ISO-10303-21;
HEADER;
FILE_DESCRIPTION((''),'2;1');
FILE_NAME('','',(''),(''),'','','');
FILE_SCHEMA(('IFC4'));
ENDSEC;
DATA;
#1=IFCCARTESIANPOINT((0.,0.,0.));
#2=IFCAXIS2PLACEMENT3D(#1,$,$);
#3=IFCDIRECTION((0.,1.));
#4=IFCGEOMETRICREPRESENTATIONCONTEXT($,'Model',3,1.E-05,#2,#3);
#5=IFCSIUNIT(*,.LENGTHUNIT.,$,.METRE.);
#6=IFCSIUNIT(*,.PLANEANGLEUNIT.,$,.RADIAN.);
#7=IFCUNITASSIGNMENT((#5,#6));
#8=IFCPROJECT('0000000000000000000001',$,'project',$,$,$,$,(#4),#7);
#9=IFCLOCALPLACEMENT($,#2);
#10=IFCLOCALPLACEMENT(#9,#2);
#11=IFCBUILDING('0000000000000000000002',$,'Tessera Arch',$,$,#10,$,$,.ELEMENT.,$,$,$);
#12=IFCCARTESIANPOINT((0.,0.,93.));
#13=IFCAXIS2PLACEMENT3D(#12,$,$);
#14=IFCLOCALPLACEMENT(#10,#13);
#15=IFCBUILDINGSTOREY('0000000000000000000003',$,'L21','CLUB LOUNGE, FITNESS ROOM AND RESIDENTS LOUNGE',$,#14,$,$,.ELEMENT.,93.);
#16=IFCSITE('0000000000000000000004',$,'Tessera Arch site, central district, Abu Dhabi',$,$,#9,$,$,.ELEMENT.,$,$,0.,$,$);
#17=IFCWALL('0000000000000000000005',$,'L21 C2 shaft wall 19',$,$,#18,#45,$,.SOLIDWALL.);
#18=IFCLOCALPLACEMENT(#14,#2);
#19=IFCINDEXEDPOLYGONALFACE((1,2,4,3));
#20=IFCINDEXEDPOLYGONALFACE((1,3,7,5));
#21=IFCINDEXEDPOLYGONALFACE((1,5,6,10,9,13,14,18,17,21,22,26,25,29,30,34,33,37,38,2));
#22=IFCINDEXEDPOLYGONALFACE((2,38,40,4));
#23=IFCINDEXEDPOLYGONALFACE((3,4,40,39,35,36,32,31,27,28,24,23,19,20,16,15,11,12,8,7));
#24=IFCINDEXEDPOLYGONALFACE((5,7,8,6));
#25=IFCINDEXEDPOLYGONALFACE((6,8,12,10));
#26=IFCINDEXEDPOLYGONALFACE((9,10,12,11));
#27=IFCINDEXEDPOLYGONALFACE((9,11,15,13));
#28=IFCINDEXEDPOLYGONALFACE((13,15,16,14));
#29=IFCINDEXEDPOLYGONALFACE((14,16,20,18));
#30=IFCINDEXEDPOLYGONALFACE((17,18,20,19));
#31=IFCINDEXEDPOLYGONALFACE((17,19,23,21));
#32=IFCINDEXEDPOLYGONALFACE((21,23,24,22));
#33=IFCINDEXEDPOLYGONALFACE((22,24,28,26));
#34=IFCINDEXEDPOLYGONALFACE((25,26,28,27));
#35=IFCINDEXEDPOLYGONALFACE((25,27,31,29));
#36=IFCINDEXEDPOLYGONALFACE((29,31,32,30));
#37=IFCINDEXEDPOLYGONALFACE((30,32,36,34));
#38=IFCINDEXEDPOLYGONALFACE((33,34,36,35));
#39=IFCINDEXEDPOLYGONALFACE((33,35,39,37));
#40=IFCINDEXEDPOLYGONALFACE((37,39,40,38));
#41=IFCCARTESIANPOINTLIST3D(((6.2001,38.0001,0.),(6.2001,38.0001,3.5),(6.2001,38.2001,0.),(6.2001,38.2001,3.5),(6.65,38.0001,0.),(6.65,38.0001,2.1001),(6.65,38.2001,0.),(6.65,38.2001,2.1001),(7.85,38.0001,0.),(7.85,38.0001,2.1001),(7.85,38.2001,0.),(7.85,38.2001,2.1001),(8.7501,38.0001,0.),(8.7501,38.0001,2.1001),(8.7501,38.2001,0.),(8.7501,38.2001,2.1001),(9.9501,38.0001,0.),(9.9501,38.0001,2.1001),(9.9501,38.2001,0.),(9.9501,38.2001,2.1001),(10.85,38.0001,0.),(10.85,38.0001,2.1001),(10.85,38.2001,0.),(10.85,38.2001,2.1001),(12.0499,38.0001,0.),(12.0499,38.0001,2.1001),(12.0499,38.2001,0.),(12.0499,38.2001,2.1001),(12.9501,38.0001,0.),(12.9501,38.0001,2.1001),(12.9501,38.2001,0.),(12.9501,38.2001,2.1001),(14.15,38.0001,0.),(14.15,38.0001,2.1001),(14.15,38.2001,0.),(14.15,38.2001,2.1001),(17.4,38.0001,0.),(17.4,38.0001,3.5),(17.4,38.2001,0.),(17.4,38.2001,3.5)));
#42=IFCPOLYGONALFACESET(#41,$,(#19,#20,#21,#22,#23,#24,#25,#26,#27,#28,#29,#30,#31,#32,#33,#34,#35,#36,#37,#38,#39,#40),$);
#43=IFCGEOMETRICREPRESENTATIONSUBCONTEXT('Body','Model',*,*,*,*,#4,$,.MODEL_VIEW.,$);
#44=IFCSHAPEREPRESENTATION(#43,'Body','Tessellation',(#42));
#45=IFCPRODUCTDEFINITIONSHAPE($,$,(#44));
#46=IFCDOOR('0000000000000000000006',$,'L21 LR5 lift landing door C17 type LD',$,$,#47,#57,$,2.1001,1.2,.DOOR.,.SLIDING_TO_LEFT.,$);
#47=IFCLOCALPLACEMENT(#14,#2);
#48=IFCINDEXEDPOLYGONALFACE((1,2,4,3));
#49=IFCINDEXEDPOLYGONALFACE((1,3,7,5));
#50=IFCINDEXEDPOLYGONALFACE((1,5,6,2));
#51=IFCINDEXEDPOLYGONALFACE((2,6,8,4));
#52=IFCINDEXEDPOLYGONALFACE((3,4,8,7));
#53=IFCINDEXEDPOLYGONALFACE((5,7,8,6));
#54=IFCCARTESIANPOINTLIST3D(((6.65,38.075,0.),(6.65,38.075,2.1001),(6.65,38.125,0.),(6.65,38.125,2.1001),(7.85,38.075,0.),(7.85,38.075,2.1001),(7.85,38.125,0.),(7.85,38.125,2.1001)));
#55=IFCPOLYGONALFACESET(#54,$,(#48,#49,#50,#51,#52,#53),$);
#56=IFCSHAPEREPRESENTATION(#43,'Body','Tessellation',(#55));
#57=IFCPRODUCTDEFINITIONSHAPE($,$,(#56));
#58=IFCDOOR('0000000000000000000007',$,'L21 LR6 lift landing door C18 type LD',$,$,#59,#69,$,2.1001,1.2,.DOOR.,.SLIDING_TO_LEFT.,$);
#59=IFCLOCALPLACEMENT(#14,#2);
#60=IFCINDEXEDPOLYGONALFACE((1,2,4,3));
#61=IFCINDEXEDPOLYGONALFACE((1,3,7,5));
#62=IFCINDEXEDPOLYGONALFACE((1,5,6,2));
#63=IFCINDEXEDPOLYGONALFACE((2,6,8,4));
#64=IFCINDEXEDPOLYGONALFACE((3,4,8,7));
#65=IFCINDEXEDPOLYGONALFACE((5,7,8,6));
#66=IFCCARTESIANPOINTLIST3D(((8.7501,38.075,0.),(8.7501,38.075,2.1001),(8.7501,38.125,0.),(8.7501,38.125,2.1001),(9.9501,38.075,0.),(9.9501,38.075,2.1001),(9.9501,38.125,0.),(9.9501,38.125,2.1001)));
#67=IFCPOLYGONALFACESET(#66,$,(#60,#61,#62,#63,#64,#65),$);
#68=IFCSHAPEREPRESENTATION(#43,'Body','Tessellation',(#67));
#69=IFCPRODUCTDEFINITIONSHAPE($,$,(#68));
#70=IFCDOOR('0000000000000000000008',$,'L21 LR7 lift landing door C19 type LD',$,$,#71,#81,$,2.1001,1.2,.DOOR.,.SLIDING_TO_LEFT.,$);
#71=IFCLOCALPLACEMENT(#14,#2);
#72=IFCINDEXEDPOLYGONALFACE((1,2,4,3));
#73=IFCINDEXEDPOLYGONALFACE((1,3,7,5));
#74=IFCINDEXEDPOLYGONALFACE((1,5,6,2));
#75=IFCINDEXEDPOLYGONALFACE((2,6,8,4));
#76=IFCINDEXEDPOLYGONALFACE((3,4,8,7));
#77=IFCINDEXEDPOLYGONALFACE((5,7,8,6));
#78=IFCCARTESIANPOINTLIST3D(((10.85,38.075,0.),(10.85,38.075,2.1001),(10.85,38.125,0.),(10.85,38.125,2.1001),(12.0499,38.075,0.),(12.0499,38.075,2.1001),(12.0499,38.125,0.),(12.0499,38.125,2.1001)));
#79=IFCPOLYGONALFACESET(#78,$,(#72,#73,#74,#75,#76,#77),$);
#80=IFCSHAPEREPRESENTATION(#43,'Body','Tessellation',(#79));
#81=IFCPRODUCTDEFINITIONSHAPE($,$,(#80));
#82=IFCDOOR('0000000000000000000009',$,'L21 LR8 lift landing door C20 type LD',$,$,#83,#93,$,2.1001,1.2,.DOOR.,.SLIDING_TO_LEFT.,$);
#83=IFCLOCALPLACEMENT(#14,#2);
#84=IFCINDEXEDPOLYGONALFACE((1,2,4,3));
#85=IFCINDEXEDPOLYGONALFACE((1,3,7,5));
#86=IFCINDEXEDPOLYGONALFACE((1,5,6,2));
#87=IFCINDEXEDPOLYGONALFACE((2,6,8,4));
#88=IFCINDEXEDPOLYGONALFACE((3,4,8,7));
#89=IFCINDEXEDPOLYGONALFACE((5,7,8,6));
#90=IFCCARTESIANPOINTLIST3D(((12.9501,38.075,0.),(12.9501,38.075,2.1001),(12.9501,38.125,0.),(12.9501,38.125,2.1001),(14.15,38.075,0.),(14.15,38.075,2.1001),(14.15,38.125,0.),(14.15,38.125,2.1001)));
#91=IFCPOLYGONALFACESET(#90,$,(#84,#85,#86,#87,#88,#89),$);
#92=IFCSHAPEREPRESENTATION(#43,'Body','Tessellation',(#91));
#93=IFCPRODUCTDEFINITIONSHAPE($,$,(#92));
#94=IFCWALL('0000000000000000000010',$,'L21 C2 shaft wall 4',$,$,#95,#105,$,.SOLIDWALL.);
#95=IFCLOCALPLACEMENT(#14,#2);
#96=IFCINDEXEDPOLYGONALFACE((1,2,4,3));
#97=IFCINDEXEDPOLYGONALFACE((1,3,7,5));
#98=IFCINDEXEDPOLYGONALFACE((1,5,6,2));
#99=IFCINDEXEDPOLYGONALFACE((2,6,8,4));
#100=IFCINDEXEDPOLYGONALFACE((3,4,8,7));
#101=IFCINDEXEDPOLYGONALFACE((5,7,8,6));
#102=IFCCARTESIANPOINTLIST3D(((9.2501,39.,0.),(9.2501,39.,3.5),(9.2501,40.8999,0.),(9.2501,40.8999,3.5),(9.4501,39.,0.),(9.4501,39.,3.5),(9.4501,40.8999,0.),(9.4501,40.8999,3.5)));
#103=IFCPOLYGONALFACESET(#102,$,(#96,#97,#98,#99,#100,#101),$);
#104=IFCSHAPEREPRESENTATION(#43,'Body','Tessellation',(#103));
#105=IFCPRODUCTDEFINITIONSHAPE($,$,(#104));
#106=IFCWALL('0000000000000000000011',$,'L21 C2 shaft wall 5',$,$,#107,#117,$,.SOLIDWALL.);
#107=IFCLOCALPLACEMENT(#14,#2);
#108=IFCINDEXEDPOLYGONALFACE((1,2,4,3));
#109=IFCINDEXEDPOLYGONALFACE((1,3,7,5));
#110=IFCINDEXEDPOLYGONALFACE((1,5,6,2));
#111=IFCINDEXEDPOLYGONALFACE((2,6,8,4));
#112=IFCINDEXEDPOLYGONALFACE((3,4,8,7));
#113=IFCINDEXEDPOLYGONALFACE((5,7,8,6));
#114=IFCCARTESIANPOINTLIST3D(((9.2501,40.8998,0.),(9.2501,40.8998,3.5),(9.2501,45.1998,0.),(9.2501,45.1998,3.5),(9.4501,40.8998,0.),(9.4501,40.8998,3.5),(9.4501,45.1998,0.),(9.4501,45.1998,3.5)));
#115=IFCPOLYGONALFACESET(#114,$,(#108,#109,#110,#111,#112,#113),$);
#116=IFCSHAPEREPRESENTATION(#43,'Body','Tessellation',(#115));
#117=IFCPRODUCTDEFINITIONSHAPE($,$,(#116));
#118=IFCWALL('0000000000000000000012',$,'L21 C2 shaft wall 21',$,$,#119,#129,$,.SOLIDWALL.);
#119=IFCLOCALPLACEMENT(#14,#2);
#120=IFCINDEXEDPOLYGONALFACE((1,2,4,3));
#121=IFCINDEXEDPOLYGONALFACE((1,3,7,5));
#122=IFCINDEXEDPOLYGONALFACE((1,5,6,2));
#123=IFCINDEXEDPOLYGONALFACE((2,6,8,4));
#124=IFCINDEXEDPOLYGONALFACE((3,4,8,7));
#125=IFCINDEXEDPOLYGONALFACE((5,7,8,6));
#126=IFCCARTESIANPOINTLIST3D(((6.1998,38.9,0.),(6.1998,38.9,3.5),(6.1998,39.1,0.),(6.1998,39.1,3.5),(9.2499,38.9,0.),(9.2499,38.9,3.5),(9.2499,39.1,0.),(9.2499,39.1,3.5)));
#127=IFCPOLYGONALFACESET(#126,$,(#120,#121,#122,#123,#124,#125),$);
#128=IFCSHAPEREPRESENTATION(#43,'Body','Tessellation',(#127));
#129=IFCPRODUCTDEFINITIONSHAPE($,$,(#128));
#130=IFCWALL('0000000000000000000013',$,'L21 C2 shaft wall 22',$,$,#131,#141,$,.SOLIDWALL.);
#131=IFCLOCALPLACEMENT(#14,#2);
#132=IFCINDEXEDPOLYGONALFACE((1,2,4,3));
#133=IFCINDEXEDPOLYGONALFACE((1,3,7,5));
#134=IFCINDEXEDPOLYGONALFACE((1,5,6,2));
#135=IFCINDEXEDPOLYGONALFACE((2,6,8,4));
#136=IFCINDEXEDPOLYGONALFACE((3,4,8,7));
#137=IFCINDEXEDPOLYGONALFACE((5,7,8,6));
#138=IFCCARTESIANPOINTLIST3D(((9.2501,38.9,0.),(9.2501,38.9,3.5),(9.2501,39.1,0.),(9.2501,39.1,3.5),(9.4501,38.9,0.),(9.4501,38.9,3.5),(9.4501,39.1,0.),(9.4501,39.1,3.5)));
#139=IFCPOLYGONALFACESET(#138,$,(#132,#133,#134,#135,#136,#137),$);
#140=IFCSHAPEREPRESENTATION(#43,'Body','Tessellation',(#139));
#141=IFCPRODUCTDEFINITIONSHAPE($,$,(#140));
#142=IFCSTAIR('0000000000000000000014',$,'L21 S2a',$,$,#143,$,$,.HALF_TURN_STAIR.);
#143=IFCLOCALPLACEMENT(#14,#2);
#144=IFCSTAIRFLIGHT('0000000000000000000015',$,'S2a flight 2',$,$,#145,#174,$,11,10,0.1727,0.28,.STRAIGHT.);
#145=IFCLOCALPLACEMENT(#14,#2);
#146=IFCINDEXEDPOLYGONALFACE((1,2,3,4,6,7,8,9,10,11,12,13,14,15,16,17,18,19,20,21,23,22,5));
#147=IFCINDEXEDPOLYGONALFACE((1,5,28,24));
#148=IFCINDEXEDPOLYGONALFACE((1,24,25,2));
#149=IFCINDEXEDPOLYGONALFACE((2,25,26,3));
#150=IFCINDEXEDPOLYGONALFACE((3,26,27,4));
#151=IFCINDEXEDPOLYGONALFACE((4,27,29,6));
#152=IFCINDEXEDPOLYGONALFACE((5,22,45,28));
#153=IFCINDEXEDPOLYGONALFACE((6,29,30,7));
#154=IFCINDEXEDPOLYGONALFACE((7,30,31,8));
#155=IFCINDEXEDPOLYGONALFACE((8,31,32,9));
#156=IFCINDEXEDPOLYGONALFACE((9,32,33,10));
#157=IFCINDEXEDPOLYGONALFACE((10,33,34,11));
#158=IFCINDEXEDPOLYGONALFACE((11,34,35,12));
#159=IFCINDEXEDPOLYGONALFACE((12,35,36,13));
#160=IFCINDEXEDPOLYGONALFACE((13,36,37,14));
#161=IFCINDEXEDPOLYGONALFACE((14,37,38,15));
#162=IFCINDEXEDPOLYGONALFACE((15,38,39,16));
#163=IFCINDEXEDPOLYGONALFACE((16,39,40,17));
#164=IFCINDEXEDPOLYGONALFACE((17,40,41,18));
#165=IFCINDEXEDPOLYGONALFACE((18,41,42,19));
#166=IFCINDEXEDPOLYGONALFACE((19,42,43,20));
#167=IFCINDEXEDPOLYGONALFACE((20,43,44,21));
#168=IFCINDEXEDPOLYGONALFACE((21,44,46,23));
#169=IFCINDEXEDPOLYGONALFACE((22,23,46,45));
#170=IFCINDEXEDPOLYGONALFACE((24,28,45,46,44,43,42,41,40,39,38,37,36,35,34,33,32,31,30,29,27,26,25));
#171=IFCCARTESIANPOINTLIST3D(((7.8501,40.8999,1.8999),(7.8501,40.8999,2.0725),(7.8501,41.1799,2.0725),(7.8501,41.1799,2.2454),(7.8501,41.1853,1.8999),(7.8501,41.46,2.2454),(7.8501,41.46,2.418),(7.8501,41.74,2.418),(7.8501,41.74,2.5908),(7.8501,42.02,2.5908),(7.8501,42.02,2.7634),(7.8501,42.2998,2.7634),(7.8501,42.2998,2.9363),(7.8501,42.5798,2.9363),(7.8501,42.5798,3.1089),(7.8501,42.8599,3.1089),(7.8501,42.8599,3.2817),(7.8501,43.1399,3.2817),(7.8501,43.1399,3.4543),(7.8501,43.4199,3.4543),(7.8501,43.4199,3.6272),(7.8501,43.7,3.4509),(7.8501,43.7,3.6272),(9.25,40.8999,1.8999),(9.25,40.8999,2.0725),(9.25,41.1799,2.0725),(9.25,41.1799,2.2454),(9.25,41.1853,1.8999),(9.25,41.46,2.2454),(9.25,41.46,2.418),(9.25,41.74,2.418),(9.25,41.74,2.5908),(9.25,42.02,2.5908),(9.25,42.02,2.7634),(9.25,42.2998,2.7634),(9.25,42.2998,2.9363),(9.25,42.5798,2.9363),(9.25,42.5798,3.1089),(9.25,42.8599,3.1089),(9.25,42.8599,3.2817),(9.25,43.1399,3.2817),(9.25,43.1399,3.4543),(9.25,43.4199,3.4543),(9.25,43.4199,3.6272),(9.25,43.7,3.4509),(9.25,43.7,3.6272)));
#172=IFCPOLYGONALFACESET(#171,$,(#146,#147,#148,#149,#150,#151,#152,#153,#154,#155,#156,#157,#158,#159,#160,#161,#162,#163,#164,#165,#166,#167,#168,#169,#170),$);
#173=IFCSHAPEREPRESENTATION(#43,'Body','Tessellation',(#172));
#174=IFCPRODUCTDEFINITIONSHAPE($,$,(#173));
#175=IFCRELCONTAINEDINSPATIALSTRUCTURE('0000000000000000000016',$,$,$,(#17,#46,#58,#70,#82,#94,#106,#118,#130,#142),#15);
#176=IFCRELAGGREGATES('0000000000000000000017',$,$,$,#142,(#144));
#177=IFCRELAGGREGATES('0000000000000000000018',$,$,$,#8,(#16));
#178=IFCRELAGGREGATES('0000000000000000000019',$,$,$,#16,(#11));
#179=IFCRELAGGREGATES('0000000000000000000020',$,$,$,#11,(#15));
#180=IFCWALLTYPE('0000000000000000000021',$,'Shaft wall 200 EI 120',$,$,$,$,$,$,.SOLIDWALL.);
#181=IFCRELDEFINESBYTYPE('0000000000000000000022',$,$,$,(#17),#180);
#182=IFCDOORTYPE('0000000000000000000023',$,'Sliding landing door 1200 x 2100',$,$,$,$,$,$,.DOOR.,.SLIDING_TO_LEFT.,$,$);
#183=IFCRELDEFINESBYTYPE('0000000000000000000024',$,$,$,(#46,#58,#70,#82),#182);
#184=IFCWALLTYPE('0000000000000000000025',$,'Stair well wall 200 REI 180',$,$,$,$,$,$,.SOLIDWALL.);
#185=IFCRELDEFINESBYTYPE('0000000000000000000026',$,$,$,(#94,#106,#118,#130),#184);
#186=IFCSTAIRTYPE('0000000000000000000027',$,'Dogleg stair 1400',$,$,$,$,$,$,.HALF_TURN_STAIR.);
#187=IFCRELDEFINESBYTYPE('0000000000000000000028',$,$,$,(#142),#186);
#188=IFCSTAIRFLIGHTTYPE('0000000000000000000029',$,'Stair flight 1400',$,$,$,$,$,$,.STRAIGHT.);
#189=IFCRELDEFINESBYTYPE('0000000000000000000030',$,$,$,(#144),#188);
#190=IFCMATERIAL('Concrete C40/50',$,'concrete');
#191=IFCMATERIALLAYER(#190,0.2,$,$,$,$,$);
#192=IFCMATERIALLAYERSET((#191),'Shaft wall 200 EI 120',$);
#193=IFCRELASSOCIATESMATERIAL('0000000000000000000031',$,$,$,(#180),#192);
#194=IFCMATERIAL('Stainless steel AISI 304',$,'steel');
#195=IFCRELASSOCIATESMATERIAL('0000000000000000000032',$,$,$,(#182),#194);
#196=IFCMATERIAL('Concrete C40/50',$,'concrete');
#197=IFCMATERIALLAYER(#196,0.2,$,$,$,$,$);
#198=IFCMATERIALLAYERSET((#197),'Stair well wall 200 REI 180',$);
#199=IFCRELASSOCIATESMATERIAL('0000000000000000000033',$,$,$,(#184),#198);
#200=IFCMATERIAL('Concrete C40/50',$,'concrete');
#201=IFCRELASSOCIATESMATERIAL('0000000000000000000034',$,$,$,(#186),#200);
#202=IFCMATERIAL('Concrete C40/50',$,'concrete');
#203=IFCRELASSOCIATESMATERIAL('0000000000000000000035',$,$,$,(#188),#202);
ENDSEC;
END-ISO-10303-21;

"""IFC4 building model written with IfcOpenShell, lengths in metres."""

from ifc_helpers import new_model, si_unit, direction, frame, frame_2d, origin, place, context, subcontext, project, spatial, polyline, rectangle, outline, extrude, material, layer, layer_set, type_object, element, fill, aggregate, save


model = new_model("IFC4")

# Units and contexts
model_context = context("Model", 3, precision=1e-05, world=origin(), true_north=direction((0.0, 1.0)))
body_context = subcontext(model_context, "Body", "Model", "MODEL_VIEW")
ifc_project = project(units=[si_unit("LENGTHUNIT", "METRE"), si_unit("PLANEANGLEUNIT", "RADIAN")], contexts=[model_context])

# Site, building, storey
site_placement = place(None, origin())
site = spatial("IfcSite", under=ifc_project, at=site_placement, Name="Tessera Arch site, central district, Abu Dhabi", CompositionType="ELEMENT", RefElevation=0.0)
building_placement = place(site_placement, origin())
building = spatial("IfcBuilding", under=site, at=building_placement, Name="Tessera Arch", CompositionType="ELEMENT")
storey_placement = place(building_placement, frame((0.0, 0.0, 93.0)))
storey = spatial("IfcBuildingStorey", under=building, at=storey_placement, Name="L21", Description="CLUB LOUNGE, FITNESS ROOM AND RESIDENTS LOUNGE", CompositionType="ELEMENT", Elevation=93.0)

# Wall, openings, doors
ifc_material_1 = material(Name="Concrete C40/50", Category="concrete")
ifc_layer_1 = layer(ifc_material_1, 0.2)
ifc_layer_set_1 = layer_set([ifc_layer_1], Name="Shaft wall 200 EI 120")
wall_type_1 = type_object("IfcWallType", Name="Shaft wall 200 EI 120", PredefinedType="SOLIDWALL", material=ifc_layer_set_1)
wall_1_placement = place(storey_placement, frame((6.2, 38.1001, 0.0), z_axis=(0.0, 0.0, 1.0), x_axis=(1.0, 0.0, 0.0)))
wall_1 = element("IfcWall", 1, at=wall_1_placement, inside=storey, type_object=wall_type_1, Name="L21 C2 shaft wall 19", PredefinedType="SOLIDWALL", context=body_context, shape_type="SweptSolid", body=[
    extrude(rectangle(XDim=11.2, YDim=0.2, at=frame_2d((5.6001, 0.0))), origin(), (0.0, 0.0, 1.0), 3.5),
])
opening_1_placement = place(wall_1_placement, frame((0.45, 0.0, 0.0)))
opening_1 = element("IfcOpeningElement", 2, at=opening_1_placement, cuts=wall_1, PredefinedType="OPENING", context=body_context, shape_type="SweptSolid", body=[
    extrude(rectangle(XDim=1.2, YDim=2.1001, at=frame_2d((0.6001, 1.05))), frame((0.0, 0.1099, 0.0), z_axis=(0.0, -1.0, 0.0), x_axis=(1.0, 0.0, 0.0)), (0.0, 0.0, 1.0), 0.22),
])
opening_2_placement = place(wall_1_placement, frame((2.55, 0.0, 0.0)))
opening_2 = element("IfcOpeningElement", 3, at=opening_2_placement, cuts=wall_1, PredefinedType="OPENING", context=body_context, shape_type="SweptSolid", body=[
    extrude(rectangle(XDim=1.2, YDim=2.1001, at=frame_2d((0.6001, 1.05))), frame((0.0, 0.1099, 0.0), z_axis=(0.0, -1.0, 0.0), x_axis=(1.0, 0.0, 0.0)), (0.0, 0.0, 1.0), 0.22),
])
opening_3_placement = place(wall_1_placement, frame((4.6499, 0.0, 0.0)))
opening_3 = element("IfcOpeningElement", 4, at=opening_3_placement, cuts=wall_1, PredefinedType="OPENING", context=body_context, shape_type="SweptSolid", body=[
    extrude(rectangle(XDim=1.2, YDim=2.1001, at=frame_2d((0.6001, 1.05))), frame((0.0, 0.1099, 0.0), z_axis=(0.0, -1.0, 0.0), x_axis=(1.0, 0.0, 0.0)), (0.0, 0.0, 1.0), 0.22),
])
opening_4_placement = place(wall_1_placement, frame((6.75, 0.0, 0.0)))
opening_4 = element("IfcOpeningElement", 5, at=opening_4_placement, cuts=wall_1, PredefinedType="OPENING", context=body_context, shape_type="SweptSolid", body=[
    extrude(rectangle(XDim=1.2, YDim=2.1001, at=frame_2d((0.6001, 1.05))), frame((0.0, 0.1099, 0.0), z_axis=(0.0, -1.0, 0.0), x_axis=(1.0, 0.0, 0.0)), (0.0, 0.0, 1.0), 0.22),
])
ifc_material_2 = material(Name="Stainless steel AISI 304", Category="steel")
door_type = type_object("IfcDoorType", Name="Sliding landing door 1200 x 2100", OperationType="SLIDING_TO_LEFT", PredefinedType="DOOR", material=ifc_material_2)
door_1_placement = place(opening_1_placement, origin())
door_1 = element("IfcDoor", 6, at=door_1_placement, inside=storey, type_object=door_type, Name="L21 LR5 lift landing door C17 type LD", OperationType="SLIDING_TO_LEFT", OverallHeight=2.1001, OverallWidth=1.2, PredefinedType="DOOR", context=body_context, shape_type="SweptSolid", body=[
    extrude(rectangle(XDim=1.2, YDim=2.1001, at=frame_2d((0.6001, 1.05))), frame((0.0, 0.0249, 0.0), z_axis=(0.0, -1.0, 0.0), x_axis=(1.0, 0.0, 0.0)), (0.0, 0.0, 1.0), 0.05),
])
fill(opening_1, door_1)
door_2_placement = place(opening_2_placement, origin())
door_2 = element("IfcDoor", 7, at=door_2_placement, inside=storey, type_object=door_type, Name="L21 LR6 lift landing door C18 type LD", OperationType="SLIDING_TO_LEFT", OverallHeight=2.1001, OverallWidth=1.2, PredefinedType="DOOR", context=body_context, shape_type="SweptSolid", body=[
    extrude(rectangle(XDim=1.2, YDim=2.1001, at=frame_2d((0.6001, 1.05))), frame((0.0, 0.0249, 0.0), z_axis=(0.0, -1.0, 0.0), x_axis=(1.0, 0.0, 0.0)), (0.0, 0.0, 1.0), 0.05),
])
fill(opening_2, door_2)
door_3_placement = place(opening_3_placement, origin())
door_3 = element("IfcDoor", 8, at=door_3_placement, inside=storey, type_object=door_type, Name="L21 LR7 lift landing door C19 type LD", OperationType="SLIDING_TO_LEFT", OverallHeight=2.1001, OverallWidth=1.2, PredefinedType="DOOR", context=body_context, shape_type="SweptSolid", body=[
    extrude(rectangle(XDim=1.2, YDim=2.1001, at=frame_2d((0.6001, 1.05))), frame((0.0, 0.0249, 0.0), z_axis=(0.0, -1.0, 0.0), x_axis=(1.0, 0.0, 0.0)), (0.0, 0.0, 1.0), 0.05),
])
fill(opening_3, door_3)
door_4_placement = place(opening_4_placement, origin())
door_4 = element("IfcDoor", 9, at=door_4_placement, inside=storey, type_object=door_type, Name="L21 LR8 lift landing door C20 type LD", OperationType="SLIDING_TO_LEFT", OverallHeight=2.1001, OverallWidth=1.2, PredefinedType="DOOR", context=body_context, shape_type="SweptSolid", body=[
    extrude(rectangle(XDim=1.2, YDim=2.1001, at=frame_2d((0.6001, 1.05))), frame((0.0, 0.0249, 0.0), z_axis=(0.0, -1.0, 0.0), x_axis=(1.0, 0.0, 0.0)), (0.0, 0.0, 1.0), 0.05),
])
fill(opening_4, door_4)

# Walls
ifc_material_3 = material(Name="Concrete C40/50", Category="concrete")
ifc_layer_2 = layer(ifc_material_3, 0.2)
ifc_layer_set_2 = layer_set([ifc_layer_2], Name="Stair well wall 200 REI 180")
wall_type_2 = type_object("IfcWallType", Name="Stair well wall 200 REI 180", PredefinedType="SOLIDWALL", material=ifc_layer_set_2)
wall_2_placement = place(storey_placement, frame((9.3501, 39.0, 0.0), z_axis=(0.0, 0.0, 1.0), x_axis=(0.0, 1.0, 0.0)))
element("IfcWall", 10, at=wall_2_placement, inside=storey, type_object=wall_type_2, Name="L21 C2 shaft wall 4", PredefinedType="SOLIDWALL", context=body_context, shape_type="SweptSolid", body=[
    extrude(rectangle(XDim=1.8999, YDim=0.2, at=frame_2d((0.95, 0.0))), origin(), (0.0, 0.0, 1.0), 3.5),
])
wall_3_placement = place(storey_placement, frame((9.3501, 40.8999, 0.0), z_axis=(0.0, 0.0, 1.0), x_axis=(0.0, 1.0, 0.0)))
element("IfcWall", 11, at=wall_3_placement, inside=storey, type_object=wall_type_2, Name="L21 C2 shaft wall 5", PredefinedType="SOLIDWALL", context=body_context, shape_type="SweptSolid", body=[
    extrude(rectangle(XDim=4.3, YDim=0.2, at=frame_2d((2.1499, 0.0))), origin(), (0.0, 0.0, 1.0), 3.5),
])
wall_4_placement = place(storey_placement, frame((6.2, 39.0, 0.0), z_axis=(0.0, 0.0, 1.0), x_axis=(1.0, 0.0, 0.0)))
element("IfcWall", 12, at=wall_4_placement, inside=storey, type_object=wall_type_2, Name="L21 C2 shaft wall 21", PredefinedType="SOLIDWALL", context=body_context, shape_type="SweptSolid", body=[
    extrude(rectangle(XDim=3.05, YDim=0.2, at=frame_2d((1.5249, 0.0))), origin(), (0.0, 0.0, 1.0), 3.5),
])
wall_5_placement = place(storey_placement, frame((9.25, 39.0, 0.0), z_axis=(0.0, 0.0, 1.0), x_axis=(1.0, 0.0, 0.0)))
element("IfcWall", 13, at=wall_5_placement, inside=storey, type_object=wall_type_2, Name="L21 C2 shaft wall 22", PredefinedType="SOLIDWALL", context=body_context, shape_type="SweptSolid", body=[
    extrude(rectangle(XDim=0.2, YDim=0.2, at=frame_2d((0.1001, 0.0))), origin(), (0.0, 0.0, 1.0), 3.5),
])

# Stair, stair flight
ifc_material_4 = material(Name="Concrete C40/50", Category="concrete")
stair_type = type_object("IfcStairType", Name="Dogleg stair 1400", PredefinedType="HALF_TURN_STAIR", material=ifc_material_4)
stair_placement = place(storey_placement, origin())
stair = element("IfcStair", 14, at=stair_placement, inside=storey, type_object=stair_type, Name="L21 S2a", PredefinedType="HALF_TURN_STAIR")
ifc_material_5 = material(Name="Concrete C40/50", Category="concrete")
stair_flight_type = type_object("IfcStairFlightType", Name="Stair flight 1400", PredefinedType="STRAIGHT", material=ifc_material_5)
stair_flight_placement = place(storey_placement, frame((8.55, 40.8999, 1.8999), z_axis=(0.0, 0.0, 1.0), x_axis=(0.0, 1.0, 0.0)))
stair_flight = element("IfcStairFlight", 15, at=stair_flight_placement, type_object=stair_flight_type, Name="S2a flight 2", NumberOfRisers=11, NumberOfTreads=10, PredefinedType="STRAIGHT", RiserHeight=0.1727, TreadLength=0.28, context=body_context, shape_type="SweptSolid", body=[
    extrude(outline(polyline([(0.0, 0.0), (0.0, 0.1726), (0.28, 0.1726), (0.28, 0.3455), (0.5601, 0.3455), (0.5601, 0.5181), (0.8401, 0.5181), (0.8401, 0.6909), (1.1201, 0.6909), (1.1201, 0.8635), (1.3999, 0.8635), (1.3999, 1.0364), (1.6799, 1.0364), (1.6799, 1.209), (1.96, 1.209), (1.96, 1.3818), (2.24, 1.3818), (2.24, 1.5544), (2.52, 1.5544), (2.52, 1.7273), (2.8, 1.7273), (2.8, 1.8999), (2.8, 1.551), (0.2854, 0.0), (0.0, 0.0)])), frame((0.0, 0.7, 0.0), z_axis=(0.0, -1.0, 0.0), x_axis=(1.0, 0.0, 0.0)), (0.0, 0.0, 1.0), 1.3999),
])
aggregate(stair, [stair_flight])

save(model, "model.ifc")
